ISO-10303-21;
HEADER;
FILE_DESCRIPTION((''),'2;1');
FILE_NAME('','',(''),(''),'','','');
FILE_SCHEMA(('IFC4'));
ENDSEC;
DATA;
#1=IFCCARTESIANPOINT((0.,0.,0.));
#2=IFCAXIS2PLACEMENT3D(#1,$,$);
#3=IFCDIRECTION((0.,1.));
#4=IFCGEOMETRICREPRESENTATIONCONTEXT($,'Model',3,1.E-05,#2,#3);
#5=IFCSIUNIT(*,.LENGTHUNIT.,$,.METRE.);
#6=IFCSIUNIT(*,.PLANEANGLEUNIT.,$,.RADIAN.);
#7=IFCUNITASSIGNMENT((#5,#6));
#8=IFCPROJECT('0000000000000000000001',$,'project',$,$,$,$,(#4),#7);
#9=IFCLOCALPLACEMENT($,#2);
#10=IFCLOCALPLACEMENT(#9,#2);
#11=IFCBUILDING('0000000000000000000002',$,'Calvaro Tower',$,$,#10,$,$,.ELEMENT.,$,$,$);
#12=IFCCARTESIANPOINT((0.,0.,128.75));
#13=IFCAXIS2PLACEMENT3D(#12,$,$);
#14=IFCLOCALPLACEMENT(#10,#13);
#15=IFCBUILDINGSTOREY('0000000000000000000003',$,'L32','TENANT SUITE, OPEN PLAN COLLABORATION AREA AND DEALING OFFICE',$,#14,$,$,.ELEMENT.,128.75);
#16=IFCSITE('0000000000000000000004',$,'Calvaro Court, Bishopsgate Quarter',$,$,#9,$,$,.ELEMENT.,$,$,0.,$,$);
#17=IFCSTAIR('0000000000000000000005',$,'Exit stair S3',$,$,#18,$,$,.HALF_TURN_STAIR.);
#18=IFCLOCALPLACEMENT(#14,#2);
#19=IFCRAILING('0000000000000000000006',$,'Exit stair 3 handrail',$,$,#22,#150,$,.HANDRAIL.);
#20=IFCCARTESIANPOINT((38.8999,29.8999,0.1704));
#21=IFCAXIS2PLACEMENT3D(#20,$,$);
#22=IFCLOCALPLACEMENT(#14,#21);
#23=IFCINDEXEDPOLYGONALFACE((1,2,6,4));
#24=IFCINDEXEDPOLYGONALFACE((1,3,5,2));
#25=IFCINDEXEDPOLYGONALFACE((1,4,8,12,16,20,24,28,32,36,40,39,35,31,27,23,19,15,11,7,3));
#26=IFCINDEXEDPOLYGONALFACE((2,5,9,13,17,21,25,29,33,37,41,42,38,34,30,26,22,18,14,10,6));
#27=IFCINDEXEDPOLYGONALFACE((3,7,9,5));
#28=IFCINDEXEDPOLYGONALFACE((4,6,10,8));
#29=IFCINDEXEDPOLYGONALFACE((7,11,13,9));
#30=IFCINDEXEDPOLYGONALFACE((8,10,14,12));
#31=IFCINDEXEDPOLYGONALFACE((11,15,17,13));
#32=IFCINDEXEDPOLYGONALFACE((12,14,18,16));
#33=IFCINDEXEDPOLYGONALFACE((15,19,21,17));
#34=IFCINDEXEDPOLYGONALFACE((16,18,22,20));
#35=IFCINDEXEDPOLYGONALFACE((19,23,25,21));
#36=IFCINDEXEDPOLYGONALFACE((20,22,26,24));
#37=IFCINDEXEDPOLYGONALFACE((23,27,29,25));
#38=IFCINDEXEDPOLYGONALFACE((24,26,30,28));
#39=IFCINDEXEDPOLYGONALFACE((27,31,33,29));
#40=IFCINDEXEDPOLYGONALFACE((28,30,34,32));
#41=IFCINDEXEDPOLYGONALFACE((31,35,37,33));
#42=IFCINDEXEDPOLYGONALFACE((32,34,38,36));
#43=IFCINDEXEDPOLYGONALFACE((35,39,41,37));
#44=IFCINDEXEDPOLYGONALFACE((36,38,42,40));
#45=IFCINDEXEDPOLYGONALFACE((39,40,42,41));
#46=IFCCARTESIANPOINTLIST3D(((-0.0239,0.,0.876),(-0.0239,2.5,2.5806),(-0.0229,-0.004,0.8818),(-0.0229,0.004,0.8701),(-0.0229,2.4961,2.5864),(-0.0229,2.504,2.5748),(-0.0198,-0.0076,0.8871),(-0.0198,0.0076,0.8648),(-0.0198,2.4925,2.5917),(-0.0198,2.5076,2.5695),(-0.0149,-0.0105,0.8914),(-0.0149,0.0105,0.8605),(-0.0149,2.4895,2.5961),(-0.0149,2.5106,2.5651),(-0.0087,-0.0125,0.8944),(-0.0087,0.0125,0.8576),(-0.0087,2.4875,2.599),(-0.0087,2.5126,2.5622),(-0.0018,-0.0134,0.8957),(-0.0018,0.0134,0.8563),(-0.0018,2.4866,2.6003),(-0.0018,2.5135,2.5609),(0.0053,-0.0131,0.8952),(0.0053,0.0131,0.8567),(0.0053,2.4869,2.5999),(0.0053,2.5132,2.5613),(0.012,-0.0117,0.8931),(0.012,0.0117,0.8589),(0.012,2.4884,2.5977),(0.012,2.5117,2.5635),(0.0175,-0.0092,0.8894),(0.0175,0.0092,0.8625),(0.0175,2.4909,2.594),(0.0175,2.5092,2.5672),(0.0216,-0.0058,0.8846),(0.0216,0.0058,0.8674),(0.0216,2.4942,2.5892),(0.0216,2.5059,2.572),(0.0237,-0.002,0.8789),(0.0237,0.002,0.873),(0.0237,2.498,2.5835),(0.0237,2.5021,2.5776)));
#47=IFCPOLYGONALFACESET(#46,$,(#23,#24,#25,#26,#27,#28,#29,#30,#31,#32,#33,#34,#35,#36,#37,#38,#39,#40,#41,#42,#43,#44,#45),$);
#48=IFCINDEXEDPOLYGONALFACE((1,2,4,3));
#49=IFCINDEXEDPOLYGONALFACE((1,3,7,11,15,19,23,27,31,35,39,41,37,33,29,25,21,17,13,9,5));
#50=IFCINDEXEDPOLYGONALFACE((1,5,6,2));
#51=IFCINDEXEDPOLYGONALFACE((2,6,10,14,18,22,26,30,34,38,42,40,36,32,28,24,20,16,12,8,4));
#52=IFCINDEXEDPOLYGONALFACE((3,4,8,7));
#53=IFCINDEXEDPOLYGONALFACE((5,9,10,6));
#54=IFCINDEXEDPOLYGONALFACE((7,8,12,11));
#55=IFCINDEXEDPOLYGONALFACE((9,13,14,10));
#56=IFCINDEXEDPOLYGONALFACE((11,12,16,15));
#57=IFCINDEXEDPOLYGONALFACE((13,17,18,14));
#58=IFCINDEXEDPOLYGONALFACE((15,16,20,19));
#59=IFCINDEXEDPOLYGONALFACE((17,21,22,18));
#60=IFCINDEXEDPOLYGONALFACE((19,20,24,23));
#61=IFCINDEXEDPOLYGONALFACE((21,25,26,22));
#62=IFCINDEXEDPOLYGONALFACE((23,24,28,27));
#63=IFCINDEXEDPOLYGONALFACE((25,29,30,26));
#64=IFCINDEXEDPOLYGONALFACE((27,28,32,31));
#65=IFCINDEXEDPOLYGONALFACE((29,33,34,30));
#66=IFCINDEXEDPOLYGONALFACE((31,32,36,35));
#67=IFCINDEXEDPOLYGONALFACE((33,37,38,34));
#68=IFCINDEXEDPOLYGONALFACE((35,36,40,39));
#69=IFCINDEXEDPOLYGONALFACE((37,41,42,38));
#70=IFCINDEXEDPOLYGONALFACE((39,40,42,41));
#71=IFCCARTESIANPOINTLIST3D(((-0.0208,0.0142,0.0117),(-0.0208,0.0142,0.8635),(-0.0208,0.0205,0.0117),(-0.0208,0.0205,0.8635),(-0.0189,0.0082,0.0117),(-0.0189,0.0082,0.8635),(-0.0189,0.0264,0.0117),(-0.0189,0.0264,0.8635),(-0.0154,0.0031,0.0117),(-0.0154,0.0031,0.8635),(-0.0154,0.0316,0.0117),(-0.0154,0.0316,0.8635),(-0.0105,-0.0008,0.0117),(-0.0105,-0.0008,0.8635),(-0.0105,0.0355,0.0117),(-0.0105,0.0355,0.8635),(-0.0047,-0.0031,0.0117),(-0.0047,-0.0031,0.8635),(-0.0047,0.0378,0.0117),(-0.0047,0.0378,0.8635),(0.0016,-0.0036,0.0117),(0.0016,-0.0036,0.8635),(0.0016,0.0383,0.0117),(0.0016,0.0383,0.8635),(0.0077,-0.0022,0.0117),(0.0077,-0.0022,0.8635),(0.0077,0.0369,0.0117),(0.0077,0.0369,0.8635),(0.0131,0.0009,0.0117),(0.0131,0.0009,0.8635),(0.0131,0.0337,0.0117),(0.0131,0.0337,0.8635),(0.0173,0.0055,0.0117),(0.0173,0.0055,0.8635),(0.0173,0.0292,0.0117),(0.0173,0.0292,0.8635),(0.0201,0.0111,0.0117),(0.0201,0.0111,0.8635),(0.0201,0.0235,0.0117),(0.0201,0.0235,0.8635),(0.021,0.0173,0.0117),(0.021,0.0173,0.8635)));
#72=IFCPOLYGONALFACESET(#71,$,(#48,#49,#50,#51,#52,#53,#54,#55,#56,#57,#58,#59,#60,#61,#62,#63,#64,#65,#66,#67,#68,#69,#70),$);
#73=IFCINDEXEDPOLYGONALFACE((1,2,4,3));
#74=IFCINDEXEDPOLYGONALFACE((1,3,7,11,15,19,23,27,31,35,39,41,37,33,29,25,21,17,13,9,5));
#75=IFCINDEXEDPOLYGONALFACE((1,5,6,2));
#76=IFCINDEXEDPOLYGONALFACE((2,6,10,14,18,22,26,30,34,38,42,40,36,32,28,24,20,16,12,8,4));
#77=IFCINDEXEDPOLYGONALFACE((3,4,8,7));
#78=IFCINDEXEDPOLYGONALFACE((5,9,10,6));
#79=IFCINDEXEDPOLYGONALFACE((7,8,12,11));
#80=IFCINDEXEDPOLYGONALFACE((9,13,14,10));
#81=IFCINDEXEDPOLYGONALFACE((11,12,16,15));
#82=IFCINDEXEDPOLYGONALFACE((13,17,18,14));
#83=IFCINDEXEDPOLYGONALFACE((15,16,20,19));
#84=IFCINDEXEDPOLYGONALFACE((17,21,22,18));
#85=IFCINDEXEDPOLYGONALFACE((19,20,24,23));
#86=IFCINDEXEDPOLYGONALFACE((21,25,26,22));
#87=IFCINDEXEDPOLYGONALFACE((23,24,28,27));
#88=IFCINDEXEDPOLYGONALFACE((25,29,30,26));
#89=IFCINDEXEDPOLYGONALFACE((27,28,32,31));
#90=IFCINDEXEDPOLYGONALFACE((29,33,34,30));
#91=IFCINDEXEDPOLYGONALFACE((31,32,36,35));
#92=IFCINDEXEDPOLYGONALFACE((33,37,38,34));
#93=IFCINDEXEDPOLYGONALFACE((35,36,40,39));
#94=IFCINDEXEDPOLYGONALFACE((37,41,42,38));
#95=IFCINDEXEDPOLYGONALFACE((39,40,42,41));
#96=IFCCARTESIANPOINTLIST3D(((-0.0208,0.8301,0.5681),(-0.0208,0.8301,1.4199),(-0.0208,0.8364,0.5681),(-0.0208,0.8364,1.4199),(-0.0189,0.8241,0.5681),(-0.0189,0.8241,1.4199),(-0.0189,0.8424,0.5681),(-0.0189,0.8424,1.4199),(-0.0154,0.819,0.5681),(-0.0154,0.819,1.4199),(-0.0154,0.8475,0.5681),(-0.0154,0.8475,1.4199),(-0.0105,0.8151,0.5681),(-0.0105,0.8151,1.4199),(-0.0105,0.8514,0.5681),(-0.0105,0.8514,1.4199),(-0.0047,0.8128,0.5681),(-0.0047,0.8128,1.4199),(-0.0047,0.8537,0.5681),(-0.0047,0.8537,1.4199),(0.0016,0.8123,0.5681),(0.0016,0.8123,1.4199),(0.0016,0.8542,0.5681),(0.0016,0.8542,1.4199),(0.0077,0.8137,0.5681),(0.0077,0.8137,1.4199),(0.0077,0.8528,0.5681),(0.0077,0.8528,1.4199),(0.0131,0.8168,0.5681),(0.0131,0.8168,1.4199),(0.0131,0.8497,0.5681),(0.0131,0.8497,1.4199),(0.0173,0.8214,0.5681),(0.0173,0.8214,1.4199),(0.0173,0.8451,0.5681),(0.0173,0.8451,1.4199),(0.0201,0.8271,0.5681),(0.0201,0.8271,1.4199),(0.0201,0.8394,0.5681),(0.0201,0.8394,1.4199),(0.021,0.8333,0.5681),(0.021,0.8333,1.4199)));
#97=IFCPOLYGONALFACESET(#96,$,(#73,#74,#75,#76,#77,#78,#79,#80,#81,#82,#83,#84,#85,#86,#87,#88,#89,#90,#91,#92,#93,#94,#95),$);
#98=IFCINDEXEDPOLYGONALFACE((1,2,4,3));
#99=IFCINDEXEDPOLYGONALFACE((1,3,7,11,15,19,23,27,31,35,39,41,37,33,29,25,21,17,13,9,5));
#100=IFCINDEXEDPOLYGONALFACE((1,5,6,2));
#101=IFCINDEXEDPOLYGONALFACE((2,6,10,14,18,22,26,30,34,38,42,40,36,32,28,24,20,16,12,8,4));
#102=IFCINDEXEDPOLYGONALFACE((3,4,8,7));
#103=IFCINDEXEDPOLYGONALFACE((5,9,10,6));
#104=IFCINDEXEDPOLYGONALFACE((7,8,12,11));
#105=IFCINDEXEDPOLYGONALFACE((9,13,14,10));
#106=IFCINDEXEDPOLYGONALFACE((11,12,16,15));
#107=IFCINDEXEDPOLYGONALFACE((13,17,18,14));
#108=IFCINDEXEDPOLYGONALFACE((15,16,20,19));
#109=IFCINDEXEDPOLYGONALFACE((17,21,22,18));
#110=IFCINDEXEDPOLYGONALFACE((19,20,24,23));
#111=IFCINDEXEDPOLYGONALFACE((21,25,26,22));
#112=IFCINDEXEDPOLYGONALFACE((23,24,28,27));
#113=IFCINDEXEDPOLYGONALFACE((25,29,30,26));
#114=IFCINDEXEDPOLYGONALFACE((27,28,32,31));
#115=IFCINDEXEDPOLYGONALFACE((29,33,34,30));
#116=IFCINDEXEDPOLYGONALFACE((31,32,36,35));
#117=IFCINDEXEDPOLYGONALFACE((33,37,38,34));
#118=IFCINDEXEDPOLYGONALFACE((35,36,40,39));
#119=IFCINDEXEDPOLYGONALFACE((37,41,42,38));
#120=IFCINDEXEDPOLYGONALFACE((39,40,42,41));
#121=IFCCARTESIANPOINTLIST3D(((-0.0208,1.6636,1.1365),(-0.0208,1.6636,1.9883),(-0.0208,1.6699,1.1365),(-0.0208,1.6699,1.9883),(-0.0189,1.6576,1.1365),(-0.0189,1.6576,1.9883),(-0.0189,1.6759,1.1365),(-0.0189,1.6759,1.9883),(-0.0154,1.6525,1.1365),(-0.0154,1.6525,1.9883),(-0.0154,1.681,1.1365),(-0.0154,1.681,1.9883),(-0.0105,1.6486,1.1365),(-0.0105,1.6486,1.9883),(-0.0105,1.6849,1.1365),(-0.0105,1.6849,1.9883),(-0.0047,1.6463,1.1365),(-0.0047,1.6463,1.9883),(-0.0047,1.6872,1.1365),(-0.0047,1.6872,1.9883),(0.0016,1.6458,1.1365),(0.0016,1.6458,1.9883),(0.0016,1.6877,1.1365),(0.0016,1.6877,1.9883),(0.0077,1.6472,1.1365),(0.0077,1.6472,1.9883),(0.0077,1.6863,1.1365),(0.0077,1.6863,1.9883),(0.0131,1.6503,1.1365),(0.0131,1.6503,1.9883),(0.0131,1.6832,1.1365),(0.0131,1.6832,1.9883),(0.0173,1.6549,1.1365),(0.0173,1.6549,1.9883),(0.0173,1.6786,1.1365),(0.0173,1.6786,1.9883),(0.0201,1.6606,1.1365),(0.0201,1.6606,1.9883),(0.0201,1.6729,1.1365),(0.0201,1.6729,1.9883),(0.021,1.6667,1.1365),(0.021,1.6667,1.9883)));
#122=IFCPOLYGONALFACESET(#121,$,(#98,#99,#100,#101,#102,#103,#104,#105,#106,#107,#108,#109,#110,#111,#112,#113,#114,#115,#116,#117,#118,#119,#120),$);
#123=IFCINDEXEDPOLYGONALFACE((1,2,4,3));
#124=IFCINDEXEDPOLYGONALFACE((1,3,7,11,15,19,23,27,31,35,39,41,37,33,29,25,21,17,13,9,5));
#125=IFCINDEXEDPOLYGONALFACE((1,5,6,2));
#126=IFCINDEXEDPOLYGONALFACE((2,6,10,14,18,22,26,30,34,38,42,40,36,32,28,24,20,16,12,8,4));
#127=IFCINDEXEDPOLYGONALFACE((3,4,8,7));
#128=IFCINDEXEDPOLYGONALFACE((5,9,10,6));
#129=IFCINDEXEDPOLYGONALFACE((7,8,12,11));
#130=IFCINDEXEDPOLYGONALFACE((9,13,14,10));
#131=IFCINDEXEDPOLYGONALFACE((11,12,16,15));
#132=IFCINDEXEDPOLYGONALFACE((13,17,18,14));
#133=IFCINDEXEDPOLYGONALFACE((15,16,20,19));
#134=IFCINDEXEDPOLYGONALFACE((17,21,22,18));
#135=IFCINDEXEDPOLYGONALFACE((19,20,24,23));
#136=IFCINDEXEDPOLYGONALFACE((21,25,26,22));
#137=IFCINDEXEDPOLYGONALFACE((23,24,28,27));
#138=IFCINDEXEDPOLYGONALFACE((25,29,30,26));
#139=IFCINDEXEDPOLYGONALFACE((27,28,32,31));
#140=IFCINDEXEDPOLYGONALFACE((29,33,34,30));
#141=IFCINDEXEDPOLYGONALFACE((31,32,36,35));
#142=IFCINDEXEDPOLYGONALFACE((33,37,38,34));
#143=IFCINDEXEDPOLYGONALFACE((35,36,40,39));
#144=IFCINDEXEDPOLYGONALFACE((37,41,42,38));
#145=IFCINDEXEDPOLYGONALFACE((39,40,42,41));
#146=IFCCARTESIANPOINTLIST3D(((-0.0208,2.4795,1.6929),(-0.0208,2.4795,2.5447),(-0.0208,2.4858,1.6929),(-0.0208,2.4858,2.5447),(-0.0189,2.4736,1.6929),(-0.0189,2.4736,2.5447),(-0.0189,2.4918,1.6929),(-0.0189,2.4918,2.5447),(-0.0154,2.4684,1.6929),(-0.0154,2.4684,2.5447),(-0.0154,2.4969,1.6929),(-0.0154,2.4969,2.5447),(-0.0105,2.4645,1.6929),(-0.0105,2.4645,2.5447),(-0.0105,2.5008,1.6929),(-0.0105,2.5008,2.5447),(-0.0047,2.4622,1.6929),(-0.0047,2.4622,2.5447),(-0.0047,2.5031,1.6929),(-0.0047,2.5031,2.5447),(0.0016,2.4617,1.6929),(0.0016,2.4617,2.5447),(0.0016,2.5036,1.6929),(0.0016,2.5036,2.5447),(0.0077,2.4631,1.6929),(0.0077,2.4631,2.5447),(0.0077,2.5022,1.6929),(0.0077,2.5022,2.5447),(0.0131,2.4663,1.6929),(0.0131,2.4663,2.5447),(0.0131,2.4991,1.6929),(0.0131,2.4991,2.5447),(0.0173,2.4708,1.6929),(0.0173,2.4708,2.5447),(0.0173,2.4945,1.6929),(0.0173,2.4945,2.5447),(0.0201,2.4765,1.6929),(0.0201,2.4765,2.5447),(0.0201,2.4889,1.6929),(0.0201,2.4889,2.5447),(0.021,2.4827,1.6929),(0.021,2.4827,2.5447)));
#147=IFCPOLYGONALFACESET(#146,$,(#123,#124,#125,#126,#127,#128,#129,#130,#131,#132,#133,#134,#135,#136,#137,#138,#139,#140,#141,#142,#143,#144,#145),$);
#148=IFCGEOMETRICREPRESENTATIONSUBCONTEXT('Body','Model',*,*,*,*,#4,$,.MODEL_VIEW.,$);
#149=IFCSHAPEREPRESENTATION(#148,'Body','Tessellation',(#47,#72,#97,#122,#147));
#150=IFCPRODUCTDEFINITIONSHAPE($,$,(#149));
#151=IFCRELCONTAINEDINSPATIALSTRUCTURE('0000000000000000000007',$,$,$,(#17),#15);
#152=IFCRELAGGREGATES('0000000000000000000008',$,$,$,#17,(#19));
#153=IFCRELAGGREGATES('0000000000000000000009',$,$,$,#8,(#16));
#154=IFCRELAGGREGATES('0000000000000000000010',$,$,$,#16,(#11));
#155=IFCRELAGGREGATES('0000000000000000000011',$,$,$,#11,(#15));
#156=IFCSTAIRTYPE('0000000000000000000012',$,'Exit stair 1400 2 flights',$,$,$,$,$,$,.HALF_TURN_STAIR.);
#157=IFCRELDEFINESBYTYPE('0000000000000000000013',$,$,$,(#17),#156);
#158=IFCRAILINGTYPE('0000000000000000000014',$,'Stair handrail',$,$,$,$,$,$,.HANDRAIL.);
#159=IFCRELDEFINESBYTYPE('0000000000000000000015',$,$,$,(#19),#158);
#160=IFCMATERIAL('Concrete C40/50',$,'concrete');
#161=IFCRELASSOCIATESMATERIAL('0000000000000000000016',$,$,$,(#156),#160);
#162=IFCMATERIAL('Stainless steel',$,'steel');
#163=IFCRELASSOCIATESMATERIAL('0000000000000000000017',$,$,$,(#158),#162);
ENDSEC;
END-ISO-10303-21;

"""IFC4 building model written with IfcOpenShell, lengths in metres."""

from ifc_helpers import new_model, si_unit, direction, frame, origin, origin_2d, place, context, subcontext, project, spatial, circle, extrude, material, type_object, element, aggregate, save


model = new_model("IFC4")

# Units and contexts
model_context = context("Model", 3, precision=1e-05, world=origin(), true_north=direction((0.0, 1.0)))
body_context = subcontext(model_context, "Body", "Model", "MODEL_VIEW")
ifc_project = project(units=[si_unit("LENGTHUNIT", "METRE"), si_unit("PLANEANGLEUNIT", "RADIAN")], contexts=[model_context])

# Site, building, storey
site_placement = place(None, origin())
site = spatial("IfcSite", under=ifc_project, at=site_placement, Name="Calvaro Court, Bishopsgate Quarter", CompositionType="ELEMENT", RefElevation=0.0)
building_placement = place(site_placement, origin())
building = spatial("IfcBuilding", under=site, at=building_placement, Name="Calvaro Tower", CompositionType="ELEMENT")
storey_placement = place(building_placement, frame((0.0, 0.0, 128.75)))
storey = spatial("IfcBuildingStorey", under=building, at=storey_placement, Name="L32", Description="TENANT SUITE, OPEN PLAN COLLABORATION AREA AND DEALING OFFICE", CompositionType="ELEMENT", Elevation=128.75)

# Stair
ifc_material_1 = material(Name="Concrete C40/50", Category="concrete")
stair_type = type_object("IfcStairType", Name="Exit stair 1400 2 flights", PredefinedType="HALF_TURN_STAIR", material=ifc_material_1)
stair_1_placement = place(storey_placement, origin())
stair_1 = element("IfcStair", 1, at=stair_1_placement, inside=storey, type_object=stair_type, Name="Exit stair S3", PredefinedType="HALF_TURN_STAIR")

# Railing
ifc_material_2 = material(Name="Stainless steel", Category="steel")
railing_type = type_object("IfcRailingType", Name="Stair handrail", PredefinedType="HANDRAIL", material=ifc_material_2)
railing_1_placement = place(storey_placement, frame((38.8999, 29.8999, 0.1704)))
railing_1 = element("IfcRailing", 2, at=railing_1_placement, type_object=railing_type, Name="Exit stair 3 handrail", PredefinedType="HANDRAIL", context=body_context, shape_type="SweptSolid", body=[
    extrude(circle(Radius=0.0239, at=origin_2d()), frame((0.0, 0.0, 0.876), z_axis=(0.0, 0.826221, 0.563347), x_axis=(-1.0, 0.0, 0.0)), (0.0, 0.0, 1.0), 3.0259),
    extrude(circle(Radius=0.021, at=origin_2d()), frame((0.0, 0.0173, 0.0117)), (0.0, 0.0, 1.0), 0.8518),
    extrude(circle(Radius=0.021, at=origin_2d()), frame((0.0, 0.8333, 0.5681)), (0.0, 0.0, 1.0), 0.8518),
    extrude(circle(Radius=0.021, at=origin_2d()), frame((0.0, 1.6667, 1.1365)), (0.0, 0.0, 1.0), 0.8518),
    extrude(circle(Radius=0.021, at=origin_2d()), frame((0.0, 2.4827, 1.6929)), (0.0, 0.0, 1.0), 0.8518),
])
aggregate(stair_1, [railing_1])

save(model, "model.ifc")
